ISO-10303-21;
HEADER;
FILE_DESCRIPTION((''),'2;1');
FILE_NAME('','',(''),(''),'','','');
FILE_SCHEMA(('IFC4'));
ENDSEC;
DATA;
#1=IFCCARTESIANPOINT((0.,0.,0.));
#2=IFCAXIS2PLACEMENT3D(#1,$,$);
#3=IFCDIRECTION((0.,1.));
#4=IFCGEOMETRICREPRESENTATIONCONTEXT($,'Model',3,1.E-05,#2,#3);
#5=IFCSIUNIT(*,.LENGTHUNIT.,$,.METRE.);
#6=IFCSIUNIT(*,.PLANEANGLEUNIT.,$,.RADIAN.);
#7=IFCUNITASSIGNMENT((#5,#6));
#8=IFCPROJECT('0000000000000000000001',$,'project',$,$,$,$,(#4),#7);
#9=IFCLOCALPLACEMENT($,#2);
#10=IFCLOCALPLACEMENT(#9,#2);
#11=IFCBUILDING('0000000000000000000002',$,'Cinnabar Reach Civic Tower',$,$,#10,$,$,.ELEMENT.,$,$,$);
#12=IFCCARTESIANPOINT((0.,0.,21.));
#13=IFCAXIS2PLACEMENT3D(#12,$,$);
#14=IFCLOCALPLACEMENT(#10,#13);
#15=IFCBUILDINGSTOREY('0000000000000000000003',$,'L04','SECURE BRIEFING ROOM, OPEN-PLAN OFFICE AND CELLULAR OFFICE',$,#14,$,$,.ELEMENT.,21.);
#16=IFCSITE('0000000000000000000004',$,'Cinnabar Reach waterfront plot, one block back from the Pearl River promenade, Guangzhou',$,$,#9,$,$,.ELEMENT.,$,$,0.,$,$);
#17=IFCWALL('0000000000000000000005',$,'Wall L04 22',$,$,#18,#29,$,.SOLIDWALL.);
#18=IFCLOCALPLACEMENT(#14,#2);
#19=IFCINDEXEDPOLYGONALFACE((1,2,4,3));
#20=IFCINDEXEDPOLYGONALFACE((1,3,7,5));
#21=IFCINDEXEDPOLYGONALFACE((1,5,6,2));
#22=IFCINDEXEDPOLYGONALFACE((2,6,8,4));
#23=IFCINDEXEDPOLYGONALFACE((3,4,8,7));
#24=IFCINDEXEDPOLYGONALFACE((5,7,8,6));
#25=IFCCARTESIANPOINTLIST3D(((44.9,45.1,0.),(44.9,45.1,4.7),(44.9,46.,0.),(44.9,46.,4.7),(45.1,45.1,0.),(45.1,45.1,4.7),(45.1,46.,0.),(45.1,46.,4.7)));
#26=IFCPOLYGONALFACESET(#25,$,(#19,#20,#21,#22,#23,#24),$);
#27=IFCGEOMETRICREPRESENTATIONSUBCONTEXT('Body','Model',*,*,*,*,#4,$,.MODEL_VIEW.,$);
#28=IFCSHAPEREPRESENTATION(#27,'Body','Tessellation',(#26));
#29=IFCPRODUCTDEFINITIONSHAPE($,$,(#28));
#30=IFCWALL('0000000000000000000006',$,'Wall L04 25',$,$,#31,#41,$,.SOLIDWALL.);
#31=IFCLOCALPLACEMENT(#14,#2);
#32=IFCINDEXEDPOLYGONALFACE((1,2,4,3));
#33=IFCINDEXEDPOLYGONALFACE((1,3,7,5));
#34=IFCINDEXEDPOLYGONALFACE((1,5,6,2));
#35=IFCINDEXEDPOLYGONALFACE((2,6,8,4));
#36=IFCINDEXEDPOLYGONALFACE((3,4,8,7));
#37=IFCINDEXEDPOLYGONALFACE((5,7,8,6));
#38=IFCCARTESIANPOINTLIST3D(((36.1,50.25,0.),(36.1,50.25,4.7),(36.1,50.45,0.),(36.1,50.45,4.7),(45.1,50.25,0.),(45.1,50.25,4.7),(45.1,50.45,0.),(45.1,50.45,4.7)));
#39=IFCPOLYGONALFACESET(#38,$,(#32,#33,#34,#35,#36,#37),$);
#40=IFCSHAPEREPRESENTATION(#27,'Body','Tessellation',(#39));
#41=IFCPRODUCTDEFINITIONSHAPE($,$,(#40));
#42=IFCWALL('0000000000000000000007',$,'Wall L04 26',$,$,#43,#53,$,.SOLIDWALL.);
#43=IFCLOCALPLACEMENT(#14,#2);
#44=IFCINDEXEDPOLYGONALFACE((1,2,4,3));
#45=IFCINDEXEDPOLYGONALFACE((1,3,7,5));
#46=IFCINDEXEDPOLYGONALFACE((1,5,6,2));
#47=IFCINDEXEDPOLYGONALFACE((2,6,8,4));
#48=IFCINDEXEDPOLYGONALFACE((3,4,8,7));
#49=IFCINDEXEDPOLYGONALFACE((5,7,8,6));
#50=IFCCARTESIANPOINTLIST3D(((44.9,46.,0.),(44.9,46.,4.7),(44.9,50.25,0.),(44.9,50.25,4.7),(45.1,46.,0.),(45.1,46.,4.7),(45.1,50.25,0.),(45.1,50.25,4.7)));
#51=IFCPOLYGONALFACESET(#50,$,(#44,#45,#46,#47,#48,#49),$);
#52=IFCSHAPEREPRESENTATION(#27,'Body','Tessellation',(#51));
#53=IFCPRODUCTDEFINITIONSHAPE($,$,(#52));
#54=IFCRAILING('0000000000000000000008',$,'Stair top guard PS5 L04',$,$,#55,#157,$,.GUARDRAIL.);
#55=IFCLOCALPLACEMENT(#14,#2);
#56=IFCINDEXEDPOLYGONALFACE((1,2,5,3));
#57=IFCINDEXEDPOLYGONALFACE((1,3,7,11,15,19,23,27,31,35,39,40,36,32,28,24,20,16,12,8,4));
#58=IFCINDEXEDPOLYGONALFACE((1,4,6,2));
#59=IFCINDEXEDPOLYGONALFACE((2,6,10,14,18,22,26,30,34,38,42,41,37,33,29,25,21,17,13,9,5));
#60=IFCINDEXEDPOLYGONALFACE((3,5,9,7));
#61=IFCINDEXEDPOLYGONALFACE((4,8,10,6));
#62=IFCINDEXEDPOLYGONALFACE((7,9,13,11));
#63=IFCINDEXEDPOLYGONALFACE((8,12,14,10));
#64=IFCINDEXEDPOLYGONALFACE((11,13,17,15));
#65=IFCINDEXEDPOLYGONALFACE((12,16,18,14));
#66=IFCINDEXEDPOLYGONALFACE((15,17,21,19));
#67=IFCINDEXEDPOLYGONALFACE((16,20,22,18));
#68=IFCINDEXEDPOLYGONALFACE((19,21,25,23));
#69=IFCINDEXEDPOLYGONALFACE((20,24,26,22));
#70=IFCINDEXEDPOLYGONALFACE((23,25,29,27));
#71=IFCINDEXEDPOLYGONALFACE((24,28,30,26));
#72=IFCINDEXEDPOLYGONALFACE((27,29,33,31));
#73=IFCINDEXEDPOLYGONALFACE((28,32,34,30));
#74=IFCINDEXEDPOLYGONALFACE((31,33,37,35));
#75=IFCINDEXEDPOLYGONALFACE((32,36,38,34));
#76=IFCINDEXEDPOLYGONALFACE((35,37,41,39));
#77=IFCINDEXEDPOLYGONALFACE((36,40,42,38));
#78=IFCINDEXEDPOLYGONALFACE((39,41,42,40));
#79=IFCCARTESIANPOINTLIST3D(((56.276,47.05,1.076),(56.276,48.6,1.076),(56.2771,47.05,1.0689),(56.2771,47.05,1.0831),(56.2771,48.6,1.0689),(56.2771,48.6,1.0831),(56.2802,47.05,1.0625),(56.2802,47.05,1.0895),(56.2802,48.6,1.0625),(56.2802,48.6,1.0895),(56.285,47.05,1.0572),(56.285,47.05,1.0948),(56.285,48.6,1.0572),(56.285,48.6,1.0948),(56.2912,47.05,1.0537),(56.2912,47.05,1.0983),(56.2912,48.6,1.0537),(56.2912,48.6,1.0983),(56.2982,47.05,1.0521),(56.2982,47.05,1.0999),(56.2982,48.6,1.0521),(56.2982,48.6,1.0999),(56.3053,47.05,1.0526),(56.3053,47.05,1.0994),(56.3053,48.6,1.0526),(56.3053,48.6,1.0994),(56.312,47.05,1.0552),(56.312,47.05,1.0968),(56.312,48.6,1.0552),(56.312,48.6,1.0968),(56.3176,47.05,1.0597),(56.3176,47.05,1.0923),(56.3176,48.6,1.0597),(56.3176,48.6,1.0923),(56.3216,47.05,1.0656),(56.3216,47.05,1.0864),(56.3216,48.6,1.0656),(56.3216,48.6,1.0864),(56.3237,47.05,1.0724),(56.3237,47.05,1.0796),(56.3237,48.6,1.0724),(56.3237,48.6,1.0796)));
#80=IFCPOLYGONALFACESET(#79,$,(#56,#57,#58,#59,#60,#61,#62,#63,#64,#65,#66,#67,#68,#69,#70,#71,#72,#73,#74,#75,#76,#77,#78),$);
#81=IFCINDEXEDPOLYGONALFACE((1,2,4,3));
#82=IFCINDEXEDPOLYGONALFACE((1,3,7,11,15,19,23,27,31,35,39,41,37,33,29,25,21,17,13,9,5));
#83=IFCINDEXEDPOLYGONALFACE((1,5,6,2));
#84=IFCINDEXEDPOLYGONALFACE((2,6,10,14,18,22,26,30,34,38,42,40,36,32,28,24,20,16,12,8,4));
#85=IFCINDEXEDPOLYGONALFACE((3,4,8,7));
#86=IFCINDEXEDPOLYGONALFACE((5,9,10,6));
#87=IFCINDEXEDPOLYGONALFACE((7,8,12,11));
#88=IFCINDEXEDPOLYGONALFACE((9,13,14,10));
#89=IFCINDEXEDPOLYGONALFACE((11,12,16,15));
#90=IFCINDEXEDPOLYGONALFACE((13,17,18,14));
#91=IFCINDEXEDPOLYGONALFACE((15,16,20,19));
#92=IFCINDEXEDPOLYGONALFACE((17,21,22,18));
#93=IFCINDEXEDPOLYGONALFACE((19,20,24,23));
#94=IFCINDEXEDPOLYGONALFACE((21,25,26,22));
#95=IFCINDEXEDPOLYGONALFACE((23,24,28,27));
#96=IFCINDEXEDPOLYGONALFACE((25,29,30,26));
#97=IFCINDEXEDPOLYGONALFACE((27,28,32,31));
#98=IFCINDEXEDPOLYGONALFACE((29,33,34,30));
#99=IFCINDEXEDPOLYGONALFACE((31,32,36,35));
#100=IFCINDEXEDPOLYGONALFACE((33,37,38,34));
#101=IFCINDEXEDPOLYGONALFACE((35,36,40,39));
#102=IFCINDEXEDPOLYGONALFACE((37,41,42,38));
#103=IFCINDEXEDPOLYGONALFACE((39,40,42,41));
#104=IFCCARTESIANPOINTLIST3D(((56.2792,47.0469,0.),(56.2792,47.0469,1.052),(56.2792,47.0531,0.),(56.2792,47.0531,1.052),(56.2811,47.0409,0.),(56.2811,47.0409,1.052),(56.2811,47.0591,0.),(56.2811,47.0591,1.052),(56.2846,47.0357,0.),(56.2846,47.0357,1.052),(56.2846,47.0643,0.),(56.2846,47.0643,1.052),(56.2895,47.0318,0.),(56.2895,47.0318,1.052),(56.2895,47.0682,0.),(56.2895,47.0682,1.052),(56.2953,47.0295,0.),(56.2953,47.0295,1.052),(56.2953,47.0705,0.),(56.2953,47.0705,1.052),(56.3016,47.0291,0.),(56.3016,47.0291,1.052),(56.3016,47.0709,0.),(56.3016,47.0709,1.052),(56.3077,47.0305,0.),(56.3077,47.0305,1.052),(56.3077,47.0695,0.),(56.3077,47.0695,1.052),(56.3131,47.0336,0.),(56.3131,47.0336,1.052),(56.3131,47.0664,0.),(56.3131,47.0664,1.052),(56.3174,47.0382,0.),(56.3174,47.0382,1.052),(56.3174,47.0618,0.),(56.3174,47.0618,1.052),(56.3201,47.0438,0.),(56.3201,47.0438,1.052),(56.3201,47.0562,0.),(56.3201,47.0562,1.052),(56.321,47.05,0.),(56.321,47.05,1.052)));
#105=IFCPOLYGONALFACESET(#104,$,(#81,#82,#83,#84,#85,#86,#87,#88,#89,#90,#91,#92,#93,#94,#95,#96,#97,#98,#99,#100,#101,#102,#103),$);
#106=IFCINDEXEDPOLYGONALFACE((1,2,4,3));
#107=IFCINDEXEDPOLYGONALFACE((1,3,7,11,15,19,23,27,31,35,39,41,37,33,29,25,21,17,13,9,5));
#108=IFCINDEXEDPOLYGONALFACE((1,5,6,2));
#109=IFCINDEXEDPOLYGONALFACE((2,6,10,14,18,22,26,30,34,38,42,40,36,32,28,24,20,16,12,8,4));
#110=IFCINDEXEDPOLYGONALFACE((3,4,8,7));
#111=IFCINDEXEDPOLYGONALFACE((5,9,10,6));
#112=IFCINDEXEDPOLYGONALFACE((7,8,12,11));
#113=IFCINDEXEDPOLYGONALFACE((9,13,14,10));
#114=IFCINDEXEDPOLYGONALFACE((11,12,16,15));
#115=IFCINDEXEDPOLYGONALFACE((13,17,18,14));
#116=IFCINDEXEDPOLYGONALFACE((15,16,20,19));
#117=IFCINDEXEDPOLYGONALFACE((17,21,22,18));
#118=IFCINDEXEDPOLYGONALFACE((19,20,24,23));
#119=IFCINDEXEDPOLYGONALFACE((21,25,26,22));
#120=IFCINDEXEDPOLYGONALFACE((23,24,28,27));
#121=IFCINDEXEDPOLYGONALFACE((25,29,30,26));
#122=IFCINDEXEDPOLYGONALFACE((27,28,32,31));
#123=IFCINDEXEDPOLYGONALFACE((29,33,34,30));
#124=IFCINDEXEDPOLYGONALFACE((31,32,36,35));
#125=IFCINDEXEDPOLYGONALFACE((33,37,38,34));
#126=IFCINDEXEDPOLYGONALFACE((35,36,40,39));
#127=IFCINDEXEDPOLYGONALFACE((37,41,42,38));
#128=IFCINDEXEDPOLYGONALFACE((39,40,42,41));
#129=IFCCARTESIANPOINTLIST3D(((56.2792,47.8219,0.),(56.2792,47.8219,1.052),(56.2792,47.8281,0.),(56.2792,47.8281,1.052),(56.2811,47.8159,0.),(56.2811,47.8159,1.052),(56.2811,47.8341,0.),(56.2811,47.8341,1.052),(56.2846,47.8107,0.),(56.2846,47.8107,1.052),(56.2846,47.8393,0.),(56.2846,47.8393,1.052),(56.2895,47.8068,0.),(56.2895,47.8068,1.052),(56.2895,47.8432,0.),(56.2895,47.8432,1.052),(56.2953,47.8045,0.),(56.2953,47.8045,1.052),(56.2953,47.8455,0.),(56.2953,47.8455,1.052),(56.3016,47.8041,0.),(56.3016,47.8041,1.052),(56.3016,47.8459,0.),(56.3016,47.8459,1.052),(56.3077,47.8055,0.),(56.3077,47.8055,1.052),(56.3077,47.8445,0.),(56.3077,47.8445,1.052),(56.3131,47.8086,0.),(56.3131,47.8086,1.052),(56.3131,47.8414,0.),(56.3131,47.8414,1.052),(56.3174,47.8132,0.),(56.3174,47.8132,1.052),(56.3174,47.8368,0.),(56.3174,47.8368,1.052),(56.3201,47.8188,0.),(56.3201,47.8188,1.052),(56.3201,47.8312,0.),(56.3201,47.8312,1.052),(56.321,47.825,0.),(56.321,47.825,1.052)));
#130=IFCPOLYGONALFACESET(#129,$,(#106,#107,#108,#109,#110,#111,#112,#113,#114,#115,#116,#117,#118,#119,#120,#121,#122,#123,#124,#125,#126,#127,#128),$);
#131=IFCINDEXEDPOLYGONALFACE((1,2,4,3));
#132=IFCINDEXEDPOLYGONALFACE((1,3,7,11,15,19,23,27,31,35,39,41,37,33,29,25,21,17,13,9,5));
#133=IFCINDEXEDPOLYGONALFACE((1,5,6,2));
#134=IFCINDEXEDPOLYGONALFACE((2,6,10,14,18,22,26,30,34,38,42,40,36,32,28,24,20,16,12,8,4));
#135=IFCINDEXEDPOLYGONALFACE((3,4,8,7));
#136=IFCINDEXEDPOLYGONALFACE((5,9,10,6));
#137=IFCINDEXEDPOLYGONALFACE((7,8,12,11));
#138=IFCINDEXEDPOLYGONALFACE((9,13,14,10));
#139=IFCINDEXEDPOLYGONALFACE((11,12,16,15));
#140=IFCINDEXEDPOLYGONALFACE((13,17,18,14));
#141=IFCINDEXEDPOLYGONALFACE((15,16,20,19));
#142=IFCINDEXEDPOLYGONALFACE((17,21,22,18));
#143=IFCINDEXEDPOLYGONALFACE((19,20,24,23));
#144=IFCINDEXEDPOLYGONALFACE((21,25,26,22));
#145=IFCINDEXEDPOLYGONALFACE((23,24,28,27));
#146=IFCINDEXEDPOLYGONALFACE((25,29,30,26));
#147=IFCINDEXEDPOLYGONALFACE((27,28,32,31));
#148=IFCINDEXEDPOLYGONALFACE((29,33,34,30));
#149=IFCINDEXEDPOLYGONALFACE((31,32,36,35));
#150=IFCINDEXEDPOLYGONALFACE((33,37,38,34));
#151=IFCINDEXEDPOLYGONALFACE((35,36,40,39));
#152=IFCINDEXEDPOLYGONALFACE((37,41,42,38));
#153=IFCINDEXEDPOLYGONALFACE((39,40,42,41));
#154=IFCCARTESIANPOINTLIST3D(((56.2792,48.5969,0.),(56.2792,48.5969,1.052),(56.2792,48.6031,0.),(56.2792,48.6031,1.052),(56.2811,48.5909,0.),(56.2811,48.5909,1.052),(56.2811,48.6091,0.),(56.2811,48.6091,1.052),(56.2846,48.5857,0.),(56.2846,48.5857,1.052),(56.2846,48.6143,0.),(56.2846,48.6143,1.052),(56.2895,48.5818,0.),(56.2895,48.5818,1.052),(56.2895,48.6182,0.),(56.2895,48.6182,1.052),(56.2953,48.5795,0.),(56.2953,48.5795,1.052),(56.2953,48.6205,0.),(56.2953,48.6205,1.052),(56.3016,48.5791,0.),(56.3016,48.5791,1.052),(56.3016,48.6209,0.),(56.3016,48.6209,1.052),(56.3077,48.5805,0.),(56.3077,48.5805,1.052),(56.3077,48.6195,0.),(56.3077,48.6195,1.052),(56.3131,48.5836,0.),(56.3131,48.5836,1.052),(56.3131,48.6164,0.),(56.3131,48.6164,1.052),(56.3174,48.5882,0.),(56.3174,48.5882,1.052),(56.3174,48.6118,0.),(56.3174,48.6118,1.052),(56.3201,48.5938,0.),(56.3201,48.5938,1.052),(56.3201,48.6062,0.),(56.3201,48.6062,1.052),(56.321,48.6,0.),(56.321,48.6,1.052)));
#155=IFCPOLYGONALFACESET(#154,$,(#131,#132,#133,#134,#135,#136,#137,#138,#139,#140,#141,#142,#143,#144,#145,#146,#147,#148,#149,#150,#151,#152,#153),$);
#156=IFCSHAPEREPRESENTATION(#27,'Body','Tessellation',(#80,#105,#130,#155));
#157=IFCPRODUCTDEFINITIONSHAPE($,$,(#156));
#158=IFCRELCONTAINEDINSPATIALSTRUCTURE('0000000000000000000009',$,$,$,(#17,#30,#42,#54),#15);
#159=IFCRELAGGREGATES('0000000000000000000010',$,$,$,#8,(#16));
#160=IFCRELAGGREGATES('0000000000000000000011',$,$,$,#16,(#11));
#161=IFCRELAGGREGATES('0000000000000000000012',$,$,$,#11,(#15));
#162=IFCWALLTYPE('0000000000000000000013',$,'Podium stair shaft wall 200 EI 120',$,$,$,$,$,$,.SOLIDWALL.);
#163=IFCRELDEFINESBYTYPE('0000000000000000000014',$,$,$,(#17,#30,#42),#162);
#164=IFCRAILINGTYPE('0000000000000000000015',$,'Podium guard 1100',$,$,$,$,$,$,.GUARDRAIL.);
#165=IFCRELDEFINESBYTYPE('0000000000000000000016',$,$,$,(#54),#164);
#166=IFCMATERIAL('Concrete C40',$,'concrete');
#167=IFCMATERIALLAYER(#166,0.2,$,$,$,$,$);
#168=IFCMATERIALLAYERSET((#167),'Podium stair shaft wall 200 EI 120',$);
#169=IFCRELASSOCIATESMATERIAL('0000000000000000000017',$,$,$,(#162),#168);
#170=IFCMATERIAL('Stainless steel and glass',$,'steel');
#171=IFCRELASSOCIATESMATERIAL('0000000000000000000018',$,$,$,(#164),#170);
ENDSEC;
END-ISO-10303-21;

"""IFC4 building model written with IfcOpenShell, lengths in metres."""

from ifc_helpers import new_model, si_unit, direction, frame, frame_2d, origin, origin_2d, place, context, subcontext, project, spatial, rectangle, circle, extrude, material, layer, layer_set, type_object, element, save


model = new_model("IFC4")

# Units and contexts
model_context = context("Model", 3, precision=1e-05, world=origin(), true_north=direction((0.0, 1.0)))
body_context = subcontext(model_context, "Body", "Model", "MODEL_VIEW")
ifc_project = project(units=[si_unit("LENGTHUNIT", "METRE"), si_unit("PLANEANGLEUNIT", "RADIAN")], contexts=[model_context])

# Site, building, storey
site_placement = place(None, origin())
site = spatial("IfcSite", under=ifc_project, at=site_placement, Name="Cinnabar Reach waterfront plot, one block back from the Pearl River promenade, Guangzhou", CompositionType="ELEMENT", RefElevation=0.0)
building_placement = place(site_placement, origin())
building = spatial("IfcBuilding", under=site, at=building_placement, Name="Cinnabar Reach Civic Tower", CompositionType="ELEMENT")
storey_placement = place(building_placement, frame((0.0, 0.0, 21.0)))
storey = spatial("IfcBuildingStorey", under=building, at=storey_placement, Name="L04", Description="SECURE BRIEFING ROOM, OPEN-PLAN OFFICE AND CELLULAR OFFICE", CompositionType="ELEMENT", Elevation=21.0)

# Shared definitions
ifc_material_1 = material(Name="Concrete C40", Category="concrete")
ifc_layer_1 = layer(ifc_material_1, 0.2)
ifc_layer_set_1 = layer_set([ifc_layer_1], Name="Podium stair shaft wall 200 EI 120")
wall_type_1 = type_object("IfcWallType", Name="Podium stair shaft wall 200 EI 120", PredefinedType="SOLIDWALL", material=ifc_layer_set_1)

# Walls
wall_1_placement = place(storey_placement, frame((45.0, 45.1, 0.0), z_axis=(0.0, 0.0, 1.0), x_axis=(0.0, 1.0, 0.0)))
element("IfcWall", 1, at=wall_1_placement, inside=storey, type_object=wall_type_1, Name="Wall L04 22", PredefinedType="SOLIDWALL", context=body_context, shape_type="SweptSolid", body=[
    extrude(rectangle(XDim=0.9, YDim=0.2, at=frame_2d((0.45, 0.0))), origin(), (0.0, 0.0, 1.0), 4.7),
])
wall_2_placement = place(storey_placement, frame((36.1, 50.35, 0.0), z_axis=(0.0, 0.0, 1.0), x_axis=(1.0, 0.0, 0.0)))
element("IfcWall", 2, at=wall_2_placement, inside=storey, type_object=wall_type_1, Name="Wall L04 25", PredefinedType="SOLIDWALL", context=body_context, shape_type="SweptSolid", body=[
    extrude(rectangle(XDim=9.0, YDim=0.2, at=frame_2d((4.5, 0.0))), origin(), (0.0, 0.0, 1.0), 4.7),
])
wall_3_placement = place(storey_placement, frame((45.0, 46.0, 0.0), z_axis=(0.0, 0.0, 1.0), x_axis=(0.0, 1.0, 0.0)))
element("IfcWall", 3, at=wall_3_placement, inside=storey, type_object=wall_type_1, Name="Wall L04 26", PredefinedType="SOLIDWALL", context=body_context, shape_type="SweptSolid", body=[
    extrude(rectangle(XDim=4.25, YDim=0.2, at=frame_2d((2.125, 0.0))), origin(), (0.0, 0.0, 1.0), 4.7),
])

# Railing
ifc_material_2 = material(Name="Stainless steel and glass", Category="steel")
railing_type = type_object("IfcRailingType", Name="Podium guard 1100", PredefinedType="GUARDRAIL", material=ifc_material_2)
railing_1_placement = place(storey_placement, frame((56.3, 47.05, 0.0)))
element("IfcRailing", 4, at=railing_1_placement, inside=storey, type_object=railing_type, Name="Stair top guard PS5 L04", PredefinedType="GUARDRAIL", context=body_context, shape_type="SweptSolid", body=[
    extrude(circle(Radius=0.024, at=origin_2d()), frame((0.0, 0.0, 1.076), z_axis=(0.0, 1.0, 0.0), x_axis=(-1.0, 0.0, 0.0)), (0.0, 0.0, 1.0), 1.55),
    extrude(circle(Radius=0.021, at=origin_2d()), origin(), (0.0, 0.0, 1.0), 1.052),
    extrude(circle(Radius=0.021, at=origin_2d()), frame((0.0, 0.775, 0.0)), (0.0, 0.0, 1.0), 1.052),
    extrude(circle(Radius=0.021, at=origin_2d()), frame((0.0, 1.55, 0.0)), (0.0, 0.0, 1.0), 1.052),
])

save(model, "model.ifc")
